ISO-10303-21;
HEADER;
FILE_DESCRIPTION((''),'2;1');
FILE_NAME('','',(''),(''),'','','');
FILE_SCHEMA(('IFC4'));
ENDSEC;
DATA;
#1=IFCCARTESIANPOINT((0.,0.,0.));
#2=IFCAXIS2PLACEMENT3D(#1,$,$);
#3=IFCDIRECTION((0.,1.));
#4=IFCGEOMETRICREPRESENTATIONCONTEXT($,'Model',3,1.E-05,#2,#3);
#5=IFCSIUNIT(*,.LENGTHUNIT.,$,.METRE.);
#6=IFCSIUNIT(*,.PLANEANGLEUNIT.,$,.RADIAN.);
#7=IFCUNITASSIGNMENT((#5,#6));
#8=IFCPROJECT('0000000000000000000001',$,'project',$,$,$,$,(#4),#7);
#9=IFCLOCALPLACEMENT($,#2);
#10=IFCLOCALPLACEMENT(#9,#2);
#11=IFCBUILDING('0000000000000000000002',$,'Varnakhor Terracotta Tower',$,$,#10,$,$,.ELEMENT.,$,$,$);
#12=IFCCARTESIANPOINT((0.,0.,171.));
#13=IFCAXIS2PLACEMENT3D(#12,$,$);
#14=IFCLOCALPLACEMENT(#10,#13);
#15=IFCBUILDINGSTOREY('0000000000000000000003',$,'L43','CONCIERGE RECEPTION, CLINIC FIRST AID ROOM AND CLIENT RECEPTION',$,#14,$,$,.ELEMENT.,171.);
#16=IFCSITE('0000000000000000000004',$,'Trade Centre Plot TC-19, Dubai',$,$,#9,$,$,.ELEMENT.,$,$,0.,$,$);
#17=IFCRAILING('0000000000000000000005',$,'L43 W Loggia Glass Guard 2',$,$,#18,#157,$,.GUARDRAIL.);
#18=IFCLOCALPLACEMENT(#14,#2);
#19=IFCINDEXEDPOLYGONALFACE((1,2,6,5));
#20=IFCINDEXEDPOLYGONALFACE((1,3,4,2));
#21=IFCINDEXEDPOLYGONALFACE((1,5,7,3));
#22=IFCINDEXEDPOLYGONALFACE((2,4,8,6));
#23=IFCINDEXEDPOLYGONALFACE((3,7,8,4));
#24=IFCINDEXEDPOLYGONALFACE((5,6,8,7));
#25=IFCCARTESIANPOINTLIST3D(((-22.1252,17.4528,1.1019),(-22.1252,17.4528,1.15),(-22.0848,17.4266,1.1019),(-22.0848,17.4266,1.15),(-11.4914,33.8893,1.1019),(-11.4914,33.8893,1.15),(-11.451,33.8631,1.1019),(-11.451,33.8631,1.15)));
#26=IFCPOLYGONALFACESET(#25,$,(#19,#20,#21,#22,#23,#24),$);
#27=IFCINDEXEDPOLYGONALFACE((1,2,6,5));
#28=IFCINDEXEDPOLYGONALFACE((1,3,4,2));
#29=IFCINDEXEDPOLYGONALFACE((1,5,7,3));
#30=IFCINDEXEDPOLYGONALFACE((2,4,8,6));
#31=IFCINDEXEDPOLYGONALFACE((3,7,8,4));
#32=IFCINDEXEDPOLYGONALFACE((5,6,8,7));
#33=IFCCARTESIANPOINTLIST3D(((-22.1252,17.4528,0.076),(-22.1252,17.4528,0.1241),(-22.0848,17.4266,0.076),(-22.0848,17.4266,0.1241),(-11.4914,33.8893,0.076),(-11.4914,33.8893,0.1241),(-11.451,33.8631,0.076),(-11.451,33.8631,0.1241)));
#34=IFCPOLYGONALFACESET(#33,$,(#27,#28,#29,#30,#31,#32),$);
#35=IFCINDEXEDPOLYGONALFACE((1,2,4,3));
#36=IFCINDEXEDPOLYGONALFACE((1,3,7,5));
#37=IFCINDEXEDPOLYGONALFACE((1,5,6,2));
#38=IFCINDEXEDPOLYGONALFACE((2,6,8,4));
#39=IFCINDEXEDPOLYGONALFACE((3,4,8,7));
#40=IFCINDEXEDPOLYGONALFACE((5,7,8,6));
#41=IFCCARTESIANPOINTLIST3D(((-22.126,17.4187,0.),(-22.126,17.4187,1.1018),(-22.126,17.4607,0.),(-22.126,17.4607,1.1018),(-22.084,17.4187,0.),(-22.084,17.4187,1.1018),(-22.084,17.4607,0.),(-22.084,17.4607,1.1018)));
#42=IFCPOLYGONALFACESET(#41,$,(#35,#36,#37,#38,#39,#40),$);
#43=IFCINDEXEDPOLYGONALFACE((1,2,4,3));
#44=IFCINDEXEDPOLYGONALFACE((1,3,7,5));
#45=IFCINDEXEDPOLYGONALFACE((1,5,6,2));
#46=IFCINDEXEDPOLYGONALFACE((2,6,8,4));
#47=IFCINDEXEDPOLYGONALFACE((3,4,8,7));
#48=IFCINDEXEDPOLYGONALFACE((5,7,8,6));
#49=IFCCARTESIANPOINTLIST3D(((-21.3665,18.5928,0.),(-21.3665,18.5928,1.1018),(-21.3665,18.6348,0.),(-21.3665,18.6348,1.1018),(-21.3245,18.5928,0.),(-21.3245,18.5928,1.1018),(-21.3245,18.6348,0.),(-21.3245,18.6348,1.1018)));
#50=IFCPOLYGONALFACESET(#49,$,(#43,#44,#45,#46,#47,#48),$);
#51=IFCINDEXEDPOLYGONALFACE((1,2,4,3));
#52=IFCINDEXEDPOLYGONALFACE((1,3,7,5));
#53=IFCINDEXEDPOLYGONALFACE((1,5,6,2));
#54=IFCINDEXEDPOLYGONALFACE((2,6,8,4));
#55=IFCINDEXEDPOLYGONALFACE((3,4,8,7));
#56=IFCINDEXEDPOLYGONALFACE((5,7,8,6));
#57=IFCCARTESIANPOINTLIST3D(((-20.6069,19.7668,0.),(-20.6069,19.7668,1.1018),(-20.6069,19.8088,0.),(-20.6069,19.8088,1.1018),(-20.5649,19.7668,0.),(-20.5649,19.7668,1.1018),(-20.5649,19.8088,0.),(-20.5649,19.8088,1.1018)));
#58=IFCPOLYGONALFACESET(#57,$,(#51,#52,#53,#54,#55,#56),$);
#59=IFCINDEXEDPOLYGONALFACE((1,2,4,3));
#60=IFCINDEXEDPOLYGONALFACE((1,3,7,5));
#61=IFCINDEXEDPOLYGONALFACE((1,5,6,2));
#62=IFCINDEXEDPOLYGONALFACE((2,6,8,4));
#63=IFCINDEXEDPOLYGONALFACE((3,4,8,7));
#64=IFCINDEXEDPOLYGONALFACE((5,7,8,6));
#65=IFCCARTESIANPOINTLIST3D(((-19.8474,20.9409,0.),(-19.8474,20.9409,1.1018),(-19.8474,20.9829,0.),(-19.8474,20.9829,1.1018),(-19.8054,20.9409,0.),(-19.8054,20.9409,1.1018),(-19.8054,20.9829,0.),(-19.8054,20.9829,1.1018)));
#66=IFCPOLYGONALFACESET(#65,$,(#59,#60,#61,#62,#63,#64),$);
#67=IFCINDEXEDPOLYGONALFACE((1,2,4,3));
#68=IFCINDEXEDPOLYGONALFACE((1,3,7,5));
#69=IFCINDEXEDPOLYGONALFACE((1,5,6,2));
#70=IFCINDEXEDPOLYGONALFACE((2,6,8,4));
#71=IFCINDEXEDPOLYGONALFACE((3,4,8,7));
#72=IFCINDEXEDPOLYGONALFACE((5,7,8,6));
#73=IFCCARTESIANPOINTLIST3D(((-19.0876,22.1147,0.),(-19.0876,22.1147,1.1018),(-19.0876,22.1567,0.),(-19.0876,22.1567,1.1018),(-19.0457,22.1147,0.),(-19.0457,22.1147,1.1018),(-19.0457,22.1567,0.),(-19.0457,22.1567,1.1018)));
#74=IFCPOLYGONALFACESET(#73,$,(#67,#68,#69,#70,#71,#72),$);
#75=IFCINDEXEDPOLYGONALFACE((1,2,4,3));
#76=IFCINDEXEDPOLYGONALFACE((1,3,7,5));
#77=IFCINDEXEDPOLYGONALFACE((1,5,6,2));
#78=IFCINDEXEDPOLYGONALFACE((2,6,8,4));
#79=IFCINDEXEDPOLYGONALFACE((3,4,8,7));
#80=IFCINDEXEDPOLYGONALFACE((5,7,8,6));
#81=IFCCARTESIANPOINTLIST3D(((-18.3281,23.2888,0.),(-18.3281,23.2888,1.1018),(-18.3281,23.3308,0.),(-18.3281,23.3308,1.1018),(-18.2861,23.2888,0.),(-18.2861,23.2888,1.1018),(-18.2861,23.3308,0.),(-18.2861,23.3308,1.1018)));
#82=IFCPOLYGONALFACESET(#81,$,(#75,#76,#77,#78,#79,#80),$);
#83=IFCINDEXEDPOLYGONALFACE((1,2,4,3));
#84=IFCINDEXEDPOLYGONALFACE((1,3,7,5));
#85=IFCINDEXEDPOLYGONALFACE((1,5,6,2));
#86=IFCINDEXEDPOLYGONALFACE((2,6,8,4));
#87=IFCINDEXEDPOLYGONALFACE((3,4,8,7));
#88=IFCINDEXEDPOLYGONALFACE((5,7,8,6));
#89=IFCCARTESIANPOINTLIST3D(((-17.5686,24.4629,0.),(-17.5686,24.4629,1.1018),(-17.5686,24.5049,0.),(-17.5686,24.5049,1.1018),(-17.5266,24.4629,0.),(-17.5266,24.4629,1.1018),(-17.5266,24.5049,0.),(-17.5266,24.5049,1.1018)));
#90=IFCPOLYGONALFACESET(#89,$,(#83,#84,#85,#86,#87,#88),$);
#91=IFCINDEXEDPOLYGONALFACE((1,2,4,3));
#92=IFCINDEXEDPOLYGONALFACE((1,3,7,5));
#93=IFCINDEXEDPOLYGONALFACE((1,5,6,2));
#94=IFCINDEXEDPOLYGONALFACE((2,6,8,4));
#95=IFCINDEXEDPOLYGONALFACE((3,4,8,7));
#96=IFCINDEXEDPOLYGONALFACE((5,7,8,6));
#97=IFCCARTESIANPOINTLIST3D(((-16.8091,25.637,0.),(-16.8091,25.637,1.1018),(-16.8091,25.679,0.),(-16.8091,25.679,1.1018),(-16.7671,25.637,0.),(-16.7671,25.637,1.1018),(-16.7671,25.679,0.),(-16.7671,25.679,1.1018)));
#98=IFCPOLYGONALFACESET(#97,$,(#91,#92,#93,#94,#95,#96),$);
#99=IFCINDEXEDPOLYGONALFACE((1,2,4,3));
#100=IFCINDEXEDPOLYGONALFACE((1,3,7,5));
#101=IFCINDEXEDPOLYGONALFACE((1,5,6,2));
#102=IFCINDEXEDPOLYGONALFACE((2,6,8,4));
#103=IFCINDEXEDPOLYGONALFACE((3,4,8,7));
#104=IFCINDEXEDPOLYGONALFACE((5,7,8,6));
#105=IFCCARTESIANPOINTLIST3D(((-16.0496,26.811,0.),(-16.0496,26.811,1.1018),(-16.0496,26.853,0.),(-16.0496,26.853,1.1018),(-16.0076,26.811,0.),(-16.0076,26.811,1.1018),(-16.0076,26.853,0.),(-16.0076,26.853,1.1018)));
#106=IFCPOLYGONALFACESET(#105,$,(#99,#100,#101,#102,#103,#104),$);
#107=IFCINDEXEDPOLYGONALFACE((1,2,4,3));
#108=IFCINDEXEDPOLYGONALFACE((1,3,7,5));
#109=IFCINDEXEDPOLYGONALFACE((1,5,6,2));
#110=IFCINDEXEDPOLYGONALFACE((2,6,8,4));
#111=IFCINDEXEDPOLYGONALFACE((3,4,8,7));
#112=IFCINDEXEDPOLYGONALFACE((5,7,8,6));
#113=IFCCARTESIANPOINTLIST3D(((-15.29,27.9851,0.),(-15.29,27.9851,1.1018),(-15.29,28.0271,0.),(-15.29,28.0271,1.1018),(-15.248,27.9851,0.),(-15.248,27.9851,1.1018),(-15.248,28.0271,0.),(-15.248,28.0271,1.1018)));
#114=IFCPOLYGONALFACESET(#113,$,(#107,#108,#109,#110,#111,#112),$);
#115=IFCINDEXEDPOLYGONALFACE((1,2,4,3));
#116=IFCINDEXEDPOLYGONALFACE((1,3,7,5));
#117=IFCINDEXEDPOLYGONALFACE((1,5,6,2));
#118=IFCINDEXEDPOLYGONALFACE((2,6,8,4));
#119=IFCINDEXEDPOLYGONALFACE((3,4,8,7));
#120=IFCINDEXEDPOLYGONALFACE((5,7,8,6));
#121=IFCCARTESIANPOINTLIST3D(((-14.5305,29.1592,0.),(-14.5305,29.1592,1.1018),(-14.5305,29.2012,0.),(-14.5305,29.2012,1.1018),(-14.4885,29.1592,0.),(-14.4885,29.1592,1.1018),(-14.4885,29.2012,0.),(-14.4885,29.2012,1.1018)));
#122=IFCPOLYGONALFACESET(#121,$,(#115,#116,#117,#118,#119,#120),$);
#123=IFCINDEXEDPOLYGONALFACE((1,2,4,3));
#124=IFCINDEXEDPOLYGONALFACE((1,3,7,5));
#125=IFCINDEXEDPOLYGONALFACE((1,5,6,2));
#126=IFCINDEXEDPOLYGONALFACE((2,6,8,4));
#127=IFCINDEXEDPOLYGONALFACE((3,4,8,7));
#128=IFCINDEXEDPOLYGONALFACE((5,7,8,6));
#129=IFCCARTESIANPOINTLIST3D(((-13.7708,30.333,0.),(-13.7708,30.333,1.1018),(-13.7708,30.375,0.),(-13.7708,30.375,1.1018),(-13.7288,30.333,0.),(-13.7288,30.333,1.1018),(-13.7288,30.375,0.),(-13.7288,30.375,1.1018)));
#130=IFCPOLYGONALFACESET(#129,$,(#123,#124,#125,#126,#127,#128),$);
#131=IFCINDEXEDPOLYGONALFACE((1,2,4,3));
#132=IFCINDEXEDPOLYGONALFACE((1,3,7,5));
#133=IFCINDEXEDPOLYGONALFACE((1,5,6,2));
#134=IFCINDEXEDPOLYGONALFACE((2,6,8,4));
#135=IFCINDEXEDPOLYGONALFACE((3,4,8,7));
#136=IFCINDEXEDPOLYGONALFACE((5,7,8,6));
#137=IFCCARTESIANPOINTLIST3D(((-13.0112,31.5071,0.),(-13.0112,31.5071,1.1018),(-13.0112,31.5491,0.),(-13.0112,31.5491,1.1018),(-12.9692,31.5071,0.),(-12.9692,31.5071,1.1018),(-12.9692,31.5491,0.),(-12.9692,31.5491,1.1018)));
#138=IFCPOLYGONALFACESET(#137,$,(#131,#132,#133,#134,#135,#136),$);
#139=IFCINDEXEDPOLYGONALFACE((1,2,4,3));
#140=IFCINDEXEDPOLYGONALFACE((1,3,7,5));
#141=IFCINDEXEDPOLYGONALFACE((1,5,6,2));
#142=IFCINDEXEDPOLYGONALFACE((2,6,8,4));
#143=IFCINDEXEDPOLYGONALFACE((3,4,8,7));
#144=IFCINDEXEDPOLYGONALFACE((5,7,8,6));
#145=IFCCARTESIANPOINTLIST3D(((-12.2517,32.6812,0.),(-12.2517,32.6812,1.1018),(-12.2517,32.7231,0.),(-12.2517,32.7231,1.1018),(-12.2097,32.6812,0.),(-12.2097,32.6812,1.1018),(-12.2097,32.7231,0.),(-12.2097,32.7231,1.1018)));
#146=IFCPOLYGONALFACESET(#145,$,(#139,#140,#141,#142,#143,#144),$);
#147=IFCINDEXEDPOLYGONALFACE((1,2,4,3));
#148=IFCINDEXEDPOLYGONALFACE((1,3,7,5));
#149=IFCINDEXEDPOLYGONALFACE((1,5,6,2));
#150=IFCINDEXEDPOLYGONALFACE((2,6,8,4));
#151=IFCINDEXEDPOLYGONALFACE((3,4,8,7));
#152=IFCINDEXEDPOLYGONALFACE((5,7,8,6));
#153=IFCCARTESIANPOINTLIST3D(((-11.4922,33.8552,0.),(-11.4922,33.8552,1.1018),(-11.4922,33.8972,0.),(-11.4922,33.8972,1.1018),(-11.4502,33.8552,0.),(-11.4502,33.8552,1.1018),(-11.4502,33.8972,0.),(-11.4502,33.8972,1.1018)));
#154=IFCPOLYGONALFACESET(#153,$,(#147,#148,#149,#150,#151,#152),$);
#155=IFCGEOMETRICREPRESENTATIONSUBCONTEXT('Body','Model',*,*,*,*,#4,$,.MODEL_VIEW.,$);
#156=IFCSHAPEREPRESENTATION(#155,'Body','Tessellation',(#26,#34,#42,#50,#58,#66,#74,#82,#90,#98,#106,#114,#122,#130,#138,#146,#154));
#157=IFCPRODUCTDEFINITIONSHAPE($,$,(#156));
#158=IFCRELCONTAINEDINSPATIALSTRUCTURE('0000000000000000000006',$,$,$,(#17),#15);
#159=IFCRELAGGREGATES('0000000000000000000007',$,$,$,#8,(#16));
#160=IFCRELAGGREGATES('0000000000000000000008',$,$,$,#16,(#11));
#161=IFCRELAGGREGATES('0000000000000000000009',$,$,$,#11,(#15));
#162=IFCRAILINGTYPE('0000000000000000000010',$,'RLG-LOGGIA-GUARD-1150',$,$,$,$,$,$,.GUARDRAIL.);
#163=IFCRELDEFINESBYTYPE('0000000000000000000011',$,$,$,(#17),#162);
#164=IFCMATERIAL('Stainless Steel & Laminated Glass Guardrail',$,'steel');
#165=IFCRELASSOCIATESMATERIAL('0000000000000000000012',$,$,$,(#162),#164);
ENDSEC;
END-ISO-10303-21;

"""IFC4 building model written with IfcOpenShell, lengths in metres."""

from ifc_helpers import new_model, si_unit, direction, frame, origin, origin_2d, place, context, subcontext, project, spatial, rectangle, extrude, material, type_object, element, save


model = new_model("IFC4")

# Units and contexts
model_context = context("Model", 3, precision=1e-05, world=origin(), true_north=direction((0.0, 1.0)))
body_context = subcontext(model_context, "Body", "Model", "MODEL_VIEW")
ifc_project = project(units=[si_unit("LENGTHUNIT", "METRE"), si_unit("PLANEANGLEUNIT", "RADIAN")], contexts=[model_context])

# Site, building, storey
site_placement = place(None, origin())
site = spatial("IfcSite", under=ifc_project, at=site_placement, Name="Trade Centre Plot TC-19, Dubai", CompositionType="ELEMENT", RefElevation=0.0)
building_placement = place(site_placement, origin())
building = spatial("IfcBuilding", under=site, at=building_placement, Name="Varnakhor Terracotta Tower", CompositionType="ELEMENT")
storey_placement = place(building_placement, frame((0.0, 0.0, 171.0)))
storey = spatial("IfcBuildingStorey", under=building, at=storey_placement, Name="L43", Description="CONCIERGE RECEPTION, CLINIC FIRST AID ROOM AND CLIENT RECEPTION", CompositionType="ELEMENT", Elevation=171.0)

# Railing
ifc_material_1 = material(Name="Stainless Steel & Laminated Glass Guardrail", Category="steel")
railing_type = type_object("IfcRailingType", Name="RLG-LOGGIA-GUARD-1150", PredefinedType="GUARDRAIL", material=ifc_material_1)
railing_1_placement = place(storey_placement, frame((-22.105, 17.4397, 0.0)))
element("IfcRailing", 1, at=railing_1_placement, inside=storey, type_object=railing_type, Name="L43 W Loggia Glass Guard 2", PredefinedType="GUARDRAIL", context=body_context, shape_type="SweptSolid", body=[
    extrude(rectangle(XDim=0.0481, YDim=0.0481, at=origin_2d()), frame((0.0, 0.0, 1.126), z_axis=(0.543193, 0.839608, 0.0), x_axis=(-0.839608, 0.543193, 0.0)), (0.0, 0.0, 1.0), 19.5764),
    extrude(rectangle(XDim=0.0481, YDim=0.0481, at=origin_2d()), frame((0.0, 0.0, 0.1001), z_axis=(0.543193, 0.839608, 0.0), x_axis=(-0.839608, 0.543193, 0.0)), (0.0, 0.0, 1.0), 19.5764),
    extrude(rectangle(XDim=0.042, YDim=0.042, at=origin_2d()), origin(), (0.0, 0.0, 1.0), 1.1018),
    extrude(rectangle(XDim=0.042, YDim=0.042, at=origin_2d()), frame((0.7595, 1.1741, 0.0)), (0.0, 0.0, 1.0), 1.1018),
    extrude(rectangle(XDim=0.042, YDim=0.042, at=origin_2d()), frame((1.519, 2.3481, 0.0)), (0.0, 0.0, 1.0), 1.1018),
    extrude(rectangle(XDim=0.042, YDim=0.042, at=origin_2d()), frame((2.2786, 3.5222, 0.0)), (0.0, 0.0, 1.0), 1.1018),
    extrude(rectangle(XDim=0.042, YDim=0.042, at=origin_2d()), frame((3.0383, 4.696, 0.0)), (0.0, 0.0, 1.0), 1.1018),
    extrude(rectangle(XDim=0.042, YDim=0.042, at=origin_2d()), frame((3.7979, 5.8701, 0.0)), (0.0, 0.0, 1.0), 1.1018),
    extrude(rectangle(XDim=0.042, YDim=0.042, at=origin_2d()), frame((4.5574, 7.0442, 0.0)), (0.0, 0.0, 1.0), 1.1018),
    extrude(rectangle(XDim=0.042, YDim=0.042, at=origin_2d()), frame((5.3169, 8.2183, 0.0)), (0.0, 0.0, 1.0), 1.1018),
    extrude(rectangle(XDim=0.042, YDim=0.042, at=origin_2d()), frame((6.0764, 9.3923, 0.0)), (0.0, 0.0, 1.0), 1.1018),
    extrude(rectangle(XDim=0.042, YDim=0.042, at=origin_2d()), frame((6.8359, 10.5664, 0.0)), (0.0, 0.0, 1.0), 1.1018),
    extrude(rectangle(XDim=0.042, YDim=0.042, at=origin_2d()), frame((7.5955, 11.7405, 0.0)), (0.0, 0.0, 1.0), 1.1018),
    extrude(rectangle(XDim=0.042, YDim=0.042, at=origin_2d()), frame((8.3552, 12.9143, 0.0)), (0.0, 0.0, 1.0), 1.1018),
    extrude(rectangle(XDim=0.042, YDim=0.042, at=origin_2d()), frame((9.1147, 14.0884, 0.0)), (0.0, 0.0, 1.0), 1.1018),
    extrude(rectangle(XDim=0.042, YDim=0.042, at=origin_2d()), frame((9.8743, 15.2625, 0.0)), (0.0, 0.0, 1.0), 1.1018),
    extrude(rectangle(XDim=0.042, YDim=0.042, at=origin_2d()), frame((10.6338, 16.4365, 0.0)), (0.0, 0.0, 1.0), 1.1018),
])

save(model, "model.ifc")
